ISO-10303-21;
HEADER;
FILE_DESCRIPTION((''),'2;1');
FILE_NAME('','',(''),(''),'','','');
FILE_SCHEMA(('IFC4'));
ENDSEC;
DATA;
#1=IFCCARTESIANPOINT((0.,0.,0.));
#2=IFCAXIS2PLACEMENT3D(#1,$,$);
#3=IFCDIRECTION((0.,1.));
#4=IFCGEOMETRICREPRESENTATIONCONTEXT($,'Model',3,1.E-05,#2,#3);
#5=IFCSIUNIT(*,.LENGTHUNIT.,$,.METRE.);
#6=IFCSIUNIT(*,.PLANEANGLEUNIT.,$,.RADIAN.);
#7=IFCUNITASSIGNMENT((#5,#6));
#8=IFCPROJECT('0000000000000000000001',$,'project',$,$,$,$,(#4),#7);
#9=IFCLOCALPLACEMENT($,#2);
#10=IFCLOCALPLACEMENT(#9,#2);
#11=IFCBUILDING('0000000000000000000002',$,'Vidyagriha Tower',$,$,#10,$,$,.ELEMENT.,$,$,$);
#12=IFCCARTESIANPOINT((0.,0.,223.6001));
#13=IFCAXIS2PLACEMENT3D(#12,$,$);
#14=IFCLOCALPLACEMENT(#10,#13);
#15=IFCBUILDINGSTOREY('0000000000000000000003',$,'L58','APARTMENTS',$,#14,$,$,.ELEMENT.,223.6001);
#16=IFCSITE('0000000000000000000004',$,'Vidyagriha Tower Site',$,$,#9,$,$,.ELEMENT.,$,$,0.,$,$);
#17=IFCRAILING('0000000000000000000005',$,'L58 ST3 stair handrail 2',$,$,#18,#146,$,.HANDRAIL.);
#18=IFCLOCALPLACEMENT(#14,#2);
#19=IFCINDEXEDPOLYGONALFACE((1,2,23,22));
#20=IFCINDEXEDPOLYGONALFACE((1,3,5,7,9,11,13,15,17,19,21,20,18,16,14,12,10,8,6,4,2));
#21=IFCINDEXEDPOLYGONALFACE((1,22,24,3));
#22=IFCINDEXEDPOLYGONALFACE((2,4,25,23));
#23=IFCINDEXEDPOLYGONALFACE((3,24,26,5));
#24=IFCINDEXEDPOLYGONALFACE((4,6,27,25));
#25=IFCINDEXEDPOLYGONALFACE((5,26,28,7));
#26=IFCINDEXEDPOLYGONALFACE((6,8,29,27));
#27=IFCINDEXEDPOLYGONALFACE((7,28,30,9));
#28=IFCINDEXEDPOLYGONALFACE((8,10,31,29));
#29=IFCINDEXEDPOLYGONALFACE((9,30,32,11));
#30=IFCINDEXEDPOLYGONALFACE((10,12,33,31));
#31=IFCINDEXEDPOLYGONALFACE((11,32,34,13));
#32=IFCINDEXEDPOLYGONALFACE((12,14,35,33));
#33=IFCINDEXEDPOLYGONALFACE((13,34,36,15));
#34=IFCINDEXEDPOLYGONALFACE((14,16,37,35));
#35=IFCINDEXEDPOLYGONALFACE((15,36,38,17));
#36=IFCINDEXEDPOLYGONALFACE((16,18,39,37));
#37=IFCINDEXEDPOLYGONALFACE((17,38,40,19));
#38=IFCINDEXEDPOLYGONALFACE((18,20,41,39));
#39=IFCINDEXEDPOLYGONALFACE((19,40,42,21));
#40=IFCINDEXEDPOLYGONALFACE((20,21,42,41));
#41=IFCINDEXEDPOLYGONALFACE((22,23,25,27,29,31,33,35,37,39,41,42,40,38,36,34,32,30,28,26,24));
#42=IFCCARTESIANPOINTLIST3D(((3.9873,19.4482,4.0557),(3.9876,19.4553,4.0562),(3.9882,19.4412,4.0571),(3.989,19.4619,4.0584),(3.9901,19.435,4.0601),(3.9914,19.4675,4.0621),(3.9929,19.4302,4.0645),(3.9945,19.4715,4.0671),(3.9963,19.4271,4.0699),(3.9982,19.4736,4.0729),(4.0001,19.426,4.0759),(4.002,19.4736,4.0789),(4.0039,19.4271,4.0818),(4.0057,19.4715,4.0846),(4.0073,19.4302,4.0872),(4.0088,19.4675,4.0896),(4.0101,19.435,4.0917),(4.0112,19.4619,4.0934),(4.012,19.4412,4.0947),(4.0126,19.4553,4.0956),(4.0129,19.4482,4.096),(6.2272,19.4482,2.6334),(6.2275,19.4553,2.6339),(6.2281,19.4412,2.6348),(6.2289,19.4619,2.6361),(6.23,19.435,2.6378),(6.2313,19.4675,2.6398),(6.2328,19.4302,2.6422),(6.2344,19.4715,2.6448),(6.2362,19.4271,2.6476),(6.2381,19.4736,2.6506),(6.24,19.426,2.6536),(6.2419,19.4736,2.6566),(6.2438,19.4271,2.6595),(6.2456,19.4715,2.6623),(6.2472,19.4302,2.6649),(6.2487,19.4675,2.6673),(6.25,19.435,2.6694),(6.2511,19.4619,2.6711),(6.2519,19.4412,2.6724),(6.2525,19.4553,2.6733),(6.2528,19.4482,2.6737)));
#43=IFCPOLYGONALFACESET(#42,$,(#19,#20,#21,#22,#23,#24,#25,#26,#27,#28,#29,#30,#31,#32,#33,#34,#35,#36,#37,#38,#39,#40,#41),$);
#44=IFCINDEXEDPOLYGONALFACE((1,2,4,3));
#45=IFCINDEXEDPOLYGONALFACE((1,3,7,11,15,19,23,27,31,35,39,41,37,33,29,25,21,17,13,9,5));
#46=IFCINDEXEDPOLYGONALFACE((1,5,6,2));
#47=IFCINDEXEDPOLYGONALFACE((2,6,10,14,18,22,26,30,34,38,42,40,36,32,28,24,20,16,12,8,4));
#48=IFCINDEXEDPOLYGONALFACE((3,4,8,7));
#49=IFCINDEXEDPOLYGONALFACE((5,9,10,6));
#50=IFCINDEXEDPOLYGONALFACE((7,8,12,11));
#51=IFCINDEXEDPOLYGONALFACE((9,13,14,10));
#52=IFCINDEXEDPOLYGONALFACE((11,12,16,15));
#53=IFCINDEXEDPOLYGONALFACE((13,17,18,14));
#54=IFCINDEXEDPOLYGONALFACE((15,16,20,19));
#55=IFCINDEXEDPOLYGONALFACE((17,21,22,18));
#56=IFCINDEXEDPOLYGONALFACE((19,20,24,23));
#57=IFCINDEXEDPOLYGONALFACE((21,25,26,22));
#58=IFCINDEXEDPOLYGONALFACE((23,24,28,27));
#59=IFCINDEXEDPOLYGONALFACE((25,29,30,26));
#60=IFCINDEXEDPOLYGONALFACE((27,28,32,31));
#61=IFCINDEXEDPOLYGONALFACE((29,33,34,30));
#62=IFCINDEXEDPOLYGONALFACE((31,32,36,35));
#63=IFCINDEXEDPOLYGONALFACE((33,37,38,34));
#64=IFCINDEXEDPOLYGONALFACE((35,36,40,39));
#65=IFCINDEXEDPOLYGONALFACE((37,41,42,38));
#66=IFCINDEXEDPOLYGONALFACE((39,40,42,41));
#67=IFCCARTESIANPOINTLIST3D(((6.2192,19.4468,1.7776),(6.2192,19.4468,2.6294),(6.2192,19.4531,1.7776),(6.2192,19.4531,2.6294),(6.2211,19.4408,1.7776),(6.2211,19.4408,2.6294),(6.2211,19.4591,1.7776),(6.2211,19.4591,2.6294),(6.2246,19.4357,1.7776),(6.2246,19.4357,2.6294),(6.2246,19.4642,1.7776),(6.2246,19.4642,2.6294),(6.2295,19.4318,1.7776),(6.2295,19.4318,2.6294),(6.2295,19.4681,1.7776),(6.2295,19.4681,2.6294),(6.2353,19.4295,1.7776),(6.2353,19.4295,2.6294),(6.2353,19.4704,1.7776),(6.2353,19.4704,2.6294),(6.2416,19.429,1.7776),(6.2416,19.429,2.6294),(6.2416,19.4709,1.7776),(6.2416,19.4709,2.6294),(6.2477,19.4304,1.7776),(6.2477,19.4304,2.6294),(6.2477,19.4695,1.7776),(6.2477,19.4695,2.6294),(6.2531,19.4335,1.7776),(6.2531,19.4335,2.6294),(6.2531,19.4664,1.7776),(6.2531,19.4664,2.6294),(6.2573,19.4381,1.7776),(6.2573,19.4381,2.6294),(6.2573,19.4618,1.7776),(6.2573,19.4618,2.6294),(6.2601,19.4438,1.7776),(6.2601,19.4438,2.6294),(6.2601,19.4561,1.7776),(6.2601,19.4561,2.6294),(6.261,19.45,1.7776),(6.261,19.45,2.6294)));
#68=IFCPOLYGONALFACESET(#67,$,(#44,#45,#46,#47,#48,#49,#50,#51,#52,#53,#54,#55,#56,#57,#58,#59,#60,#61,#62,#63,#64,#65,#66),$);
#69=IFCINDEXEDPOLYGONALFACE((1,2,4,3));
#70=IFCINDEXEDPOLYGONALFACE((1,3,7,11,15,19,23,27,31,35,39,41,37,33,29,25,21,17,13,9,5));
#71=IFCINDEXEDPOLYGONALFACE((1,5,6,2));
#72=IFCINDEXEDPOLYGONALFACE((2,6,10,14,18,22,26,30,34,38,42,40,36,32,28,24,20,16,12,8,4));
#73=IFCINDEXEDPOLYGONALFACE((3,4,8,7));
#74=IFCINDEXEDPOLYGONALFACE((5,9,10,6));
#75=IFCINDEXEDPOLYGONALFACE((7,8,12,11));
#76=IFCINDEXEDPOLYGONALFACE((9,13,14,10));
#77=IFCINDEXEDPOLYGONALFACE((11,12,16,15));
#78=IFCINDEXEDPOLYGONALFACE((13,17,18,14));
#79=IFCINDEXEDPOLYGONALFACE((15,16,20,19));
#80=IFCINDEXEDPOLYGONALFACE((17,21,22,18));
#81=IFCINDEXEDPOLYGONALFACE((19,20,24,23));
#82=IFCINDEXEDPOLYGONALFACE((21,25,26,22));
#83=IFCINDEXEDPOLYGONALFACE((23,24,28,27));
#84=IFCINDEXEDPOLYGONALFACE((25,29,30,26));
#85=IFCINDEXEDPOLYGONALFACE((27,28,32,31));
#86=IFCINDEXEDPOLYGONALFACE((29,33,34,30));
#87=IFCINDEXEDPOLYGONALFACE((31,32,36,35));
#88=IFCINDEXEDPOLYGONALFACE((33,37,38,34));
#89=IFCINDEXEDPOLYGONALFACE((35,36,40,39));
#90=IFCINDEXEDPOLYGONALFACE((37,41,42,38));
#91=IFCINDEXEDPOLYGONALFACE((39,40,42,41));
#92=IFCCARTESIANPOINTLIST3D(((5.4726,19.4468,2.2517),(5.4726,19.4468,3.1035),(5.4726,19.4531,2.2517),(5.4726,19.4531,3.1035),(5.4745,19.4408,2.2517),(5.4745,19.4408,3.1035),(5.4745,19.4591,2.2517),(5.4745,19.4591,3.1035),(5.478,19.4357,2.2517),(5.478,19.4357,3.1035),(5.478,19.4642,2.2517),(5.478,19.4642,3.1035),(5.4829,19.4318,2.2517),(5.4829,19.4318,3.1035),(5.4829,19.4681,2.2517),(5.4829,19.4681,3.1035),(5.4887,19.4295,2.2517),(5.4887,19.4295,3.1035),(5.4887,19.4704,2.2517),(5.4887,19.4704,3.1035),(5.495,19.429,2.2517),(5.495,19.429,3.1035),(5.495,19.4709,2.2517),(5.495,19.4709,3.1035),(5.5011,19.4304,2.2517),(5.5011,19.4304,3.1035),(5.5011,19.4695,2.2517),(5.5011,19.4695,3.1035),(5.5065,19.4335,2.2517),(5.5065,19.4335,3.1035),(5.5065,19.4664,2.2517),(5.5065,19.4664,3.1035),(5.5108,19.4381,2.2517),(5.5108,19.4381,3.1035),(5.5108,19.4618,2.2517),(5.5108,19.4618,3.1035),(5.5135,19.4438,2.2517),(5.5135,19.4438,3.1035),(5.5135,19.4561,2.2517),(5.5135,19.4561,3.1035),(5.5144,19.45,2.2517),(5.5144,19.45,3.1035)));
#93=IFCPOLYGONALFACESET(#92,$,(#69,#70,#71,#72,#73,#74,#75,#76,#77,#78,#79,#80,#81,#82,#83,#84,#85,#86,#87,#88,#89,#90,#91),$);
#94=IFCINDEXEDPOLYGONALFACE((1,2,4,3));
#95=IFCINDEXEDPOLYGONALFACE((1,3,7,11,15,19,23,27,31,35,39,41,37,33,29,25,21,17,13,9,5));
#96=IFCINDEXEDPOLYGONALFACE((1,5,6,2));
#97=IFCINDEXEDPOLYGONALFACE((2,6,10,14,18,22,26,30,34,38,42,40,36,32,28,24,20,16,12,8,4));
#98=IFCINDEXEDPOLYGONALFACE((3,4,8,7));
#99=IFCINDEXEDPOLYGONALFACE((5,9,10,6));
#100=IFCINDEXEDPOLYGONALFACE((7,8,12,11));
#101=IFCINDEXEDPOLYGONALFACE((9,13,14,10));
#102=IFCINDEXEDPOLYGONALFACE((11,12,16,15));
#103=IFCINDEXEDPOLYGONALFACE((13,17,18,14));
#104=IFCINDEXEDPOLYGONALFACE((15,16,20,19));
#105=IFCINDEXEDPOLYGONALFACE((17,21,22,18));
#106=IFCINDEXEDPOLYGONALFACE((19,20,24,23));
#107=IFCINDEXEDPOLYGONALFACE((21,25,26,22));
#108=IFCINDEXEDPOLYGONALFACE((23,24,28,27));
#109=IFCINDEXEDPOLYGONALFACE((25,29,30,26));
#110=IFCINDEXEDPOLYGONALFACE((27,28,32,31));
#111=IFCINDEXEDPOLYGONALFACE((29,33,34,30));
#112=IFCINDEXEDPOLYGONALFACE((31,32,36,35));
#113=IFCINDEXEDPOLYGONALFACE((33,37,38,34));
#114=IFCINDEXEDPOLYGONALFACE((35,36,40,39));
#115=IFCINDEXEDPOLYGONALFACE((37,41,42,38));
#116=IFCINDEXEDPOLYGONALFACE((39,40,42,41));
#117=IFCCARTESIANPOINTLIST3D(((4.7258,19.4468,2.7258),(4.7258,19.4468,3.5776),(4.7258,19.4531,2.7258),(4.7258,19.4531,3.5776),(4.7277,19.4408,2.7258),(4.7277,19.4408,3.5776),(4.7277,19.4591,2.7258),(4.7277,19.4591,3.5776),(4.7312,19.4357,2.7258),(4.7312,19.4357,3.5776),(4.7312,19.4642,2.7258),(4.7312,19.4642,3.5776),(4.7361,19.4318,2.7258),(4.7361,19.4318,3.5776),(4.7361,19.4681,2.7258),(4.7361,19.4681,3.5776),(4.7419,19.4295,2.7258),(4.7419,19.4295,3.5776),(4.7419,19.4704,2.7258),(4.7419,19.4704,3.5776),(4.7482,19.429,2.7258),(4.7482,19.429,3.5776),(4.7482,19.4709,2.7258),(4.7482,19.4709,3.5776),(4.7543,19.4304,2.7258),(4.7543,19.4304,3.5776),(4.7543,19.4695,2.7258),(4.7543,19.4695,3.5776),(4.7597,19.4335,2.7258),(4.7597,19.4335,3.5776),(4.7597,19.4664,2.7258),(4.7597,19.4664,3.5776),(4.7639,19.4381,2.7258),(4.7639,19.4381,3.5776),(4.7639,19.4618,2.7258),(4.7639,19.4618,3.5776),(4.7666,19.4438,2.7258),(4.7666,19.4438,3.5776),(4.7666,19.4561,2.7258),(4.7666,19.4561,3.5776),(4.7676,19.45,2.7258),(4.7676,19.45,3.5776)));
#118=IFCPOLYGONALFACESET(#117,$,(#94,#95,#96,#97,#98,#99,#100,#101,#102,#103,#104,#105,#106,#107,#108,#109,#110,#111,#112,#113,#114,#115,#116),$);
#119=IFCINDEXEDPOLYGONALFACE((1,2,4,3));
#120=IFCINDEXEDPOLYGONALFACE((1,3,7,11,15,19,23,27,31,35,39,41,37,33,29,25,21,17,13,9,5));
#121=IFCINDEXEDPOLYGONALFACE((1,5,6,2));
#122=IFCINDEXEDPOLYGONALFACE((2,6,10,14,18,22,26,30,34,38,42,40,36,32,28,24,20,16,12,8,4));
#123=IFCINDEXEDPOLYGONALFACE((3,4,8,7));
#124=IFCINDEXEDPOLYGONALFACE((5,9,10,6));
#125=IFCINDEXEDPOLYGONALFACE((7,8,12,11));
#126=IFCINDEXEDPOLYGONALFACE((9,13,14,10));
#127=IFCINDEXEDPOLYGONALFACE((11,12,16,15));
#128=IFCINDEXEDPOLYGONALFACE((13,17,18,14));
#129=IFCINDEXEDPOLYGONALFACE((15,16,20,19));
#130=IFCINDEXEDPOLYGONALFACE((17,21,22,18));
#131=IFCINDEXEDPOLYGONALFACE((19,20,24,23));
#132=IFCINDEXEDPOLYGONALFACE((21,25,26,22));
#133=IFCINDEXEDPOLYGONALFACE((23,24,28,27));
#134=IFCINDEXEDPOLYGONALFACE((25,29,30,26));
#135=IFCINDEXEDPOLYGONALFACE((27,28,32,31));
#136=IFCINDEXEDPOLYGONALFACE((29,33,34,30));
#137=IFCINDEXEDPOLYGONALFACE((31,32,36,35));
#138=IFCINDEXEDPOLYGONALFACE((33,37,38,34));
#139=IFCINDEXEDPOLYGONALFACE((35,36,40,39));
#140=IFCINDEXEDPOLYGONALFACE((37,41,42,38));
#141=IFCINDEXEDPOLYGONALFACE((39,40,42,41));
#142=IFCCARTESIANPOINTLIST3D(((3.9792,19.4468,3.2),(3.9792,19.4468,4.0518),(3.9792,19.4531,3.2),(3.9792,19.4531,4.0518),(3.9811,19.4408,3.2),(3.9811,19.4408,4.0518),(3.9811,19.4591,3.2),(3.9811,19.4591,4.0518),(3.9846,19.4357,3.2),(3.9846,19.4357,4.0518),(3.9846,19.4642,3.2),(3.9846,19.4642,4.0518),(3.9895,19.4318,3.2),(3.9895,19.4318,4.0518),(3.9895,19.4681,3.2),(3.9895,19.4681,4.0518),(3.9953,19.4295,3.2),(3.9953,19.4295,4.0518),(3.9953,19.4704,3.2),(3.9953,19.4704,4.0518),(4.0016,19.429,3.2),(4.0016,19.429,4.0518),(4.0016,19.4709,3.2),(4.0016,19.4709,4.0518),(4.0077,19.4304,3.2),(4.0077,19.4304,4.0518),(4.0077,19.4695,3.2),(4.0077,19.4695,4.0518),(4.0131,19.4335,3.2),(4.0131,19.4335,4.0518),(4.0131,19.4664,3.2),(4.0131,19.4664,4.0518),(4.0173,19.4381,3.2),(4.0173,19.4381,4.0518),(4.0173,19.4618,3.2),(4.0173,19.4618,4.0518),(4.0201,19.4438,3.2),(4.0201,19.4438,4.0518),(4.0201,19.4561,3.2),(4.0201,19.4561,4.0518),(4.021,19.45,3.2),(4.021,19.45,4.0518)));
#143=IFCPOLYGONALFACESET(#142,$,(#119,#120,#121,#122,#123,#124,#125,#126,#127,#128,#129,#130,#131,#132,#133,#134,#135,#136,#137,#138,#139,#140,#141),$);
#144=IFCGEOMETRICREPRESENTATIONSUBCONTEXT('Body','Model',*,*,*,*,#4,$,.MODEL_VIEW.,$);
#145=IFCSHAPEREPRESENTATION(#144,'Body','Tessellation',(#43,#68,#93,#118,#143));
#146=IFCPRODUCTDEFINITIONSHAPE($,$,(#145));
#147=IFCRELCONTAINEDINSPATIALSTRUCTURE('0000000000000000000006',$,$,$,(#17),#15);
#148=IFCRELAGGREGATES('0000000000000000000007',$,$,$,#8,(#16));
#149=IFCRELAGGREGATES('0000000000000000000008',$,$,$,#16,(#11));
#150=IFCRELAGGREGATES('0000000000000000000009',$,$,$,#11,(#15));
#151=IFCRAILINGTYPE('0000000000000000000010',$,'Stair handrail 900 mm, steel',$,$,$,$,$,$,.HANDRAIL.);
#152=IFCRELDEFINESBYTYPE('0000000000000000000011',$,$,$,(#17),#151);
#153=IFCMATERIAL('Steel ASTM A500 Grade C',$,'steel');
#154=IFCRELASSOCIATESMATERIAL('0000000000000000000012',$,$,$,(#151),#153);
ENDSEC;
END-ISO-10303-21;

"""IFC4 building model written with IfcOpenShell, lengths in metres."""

from ifc_helpers import new_model, si_unit, direction, frame, origin, origin_2d, place, context, subcontext, project, spatial, circle, extrude, material, type_object, element, save


model = new_model("IFC4")

# Units and contexts
model_context = context("Model", 3, precision=1e-05, world=origin(), true_north=direction((0.0, 1.0)))
body_context = subcontext(model_context, "Body", "Model", "MODEL_VIEW")
ifc_project = project(units=[si_unit("LENGTHUNIT", "METRE"), si_unit("PLANEANGLEUNIT", "RADIAN")], contexts=[model_context])

# Site, building, storey
site_placement = place(None, origin())
site = spatial("IfcSite", under=ifc_project, at=site_placement, Name="Vidyagriha Tower Site", CompositionType="ELEMENT", RefElevation=0.0)
building_placement = place(site_placement, origin())
building = spatial("IfcBuilding", under=site, at=building_placement, Name="Vidyagriha Tower", CompositionType="ELEMENT")
storey_placement = place(building_placement, frame((0.0, 0.0, 223.6001)))
storey = spatial("IfcBuildingStorey", under=building, at=storey_placement, Name="L58", Description="APARTMENTS", CompositionType="ELEMENT", Elevation=223.6001)

# Railing
ifc_material_1 = material(Name="Steel ASTM A500 Grade C", Category="steel")
railing_type_1 = type_object("IfcRailingType", Name="Stair handrail 900 mm, steel", PredefinedType="HANDRAIL", material=ifc_material_1)
railing_1_placement = place(storey_placement, frame((6.24, 19.45, 1.7776)))
element("IfcRailing", 1, at=railing_1_placement, inside=storey, type_object=railing_type_1, Name="L58 ST3 stair handrail 2", PredefinedType="HANDRAIL", context=body_context, shape_type="SweptSolid", body=[
    extrude(circle(Radius=0.0239, at=origin_2d()), frame((0.0, 0.0, 0.876), z_axis=(-0.844188, 0.0, 0.536048), x_axis=(0.0, -1.0, 0.0)), (0.0, 0.0, 1.0), 2.6533),
    extrude(circle(Radius=0.021, at=origin_2d()), origin(), (0.0, 0.0, 1.0), 0.8518),
    extrude(circle(Radius=0.021, at=origin_2d()), frame((-0.7466, 0.0, 0.4741)), (0.0, 0.0, 1.0), 0.8518),
    extrude(circle(Radius=0.021, at=origin_2d()), frame((-1.4934, 0.0, 0.9482)), (0.0, 0.0, 1.0), 0.8518),
    extrude(circle(Radius=0.021, at=origin_2d()), frame((-2.24, 0.0, 1.4224)), (0.0, 0.0, 1.0), 0.8518),
])

save(model, "model.ifc")
